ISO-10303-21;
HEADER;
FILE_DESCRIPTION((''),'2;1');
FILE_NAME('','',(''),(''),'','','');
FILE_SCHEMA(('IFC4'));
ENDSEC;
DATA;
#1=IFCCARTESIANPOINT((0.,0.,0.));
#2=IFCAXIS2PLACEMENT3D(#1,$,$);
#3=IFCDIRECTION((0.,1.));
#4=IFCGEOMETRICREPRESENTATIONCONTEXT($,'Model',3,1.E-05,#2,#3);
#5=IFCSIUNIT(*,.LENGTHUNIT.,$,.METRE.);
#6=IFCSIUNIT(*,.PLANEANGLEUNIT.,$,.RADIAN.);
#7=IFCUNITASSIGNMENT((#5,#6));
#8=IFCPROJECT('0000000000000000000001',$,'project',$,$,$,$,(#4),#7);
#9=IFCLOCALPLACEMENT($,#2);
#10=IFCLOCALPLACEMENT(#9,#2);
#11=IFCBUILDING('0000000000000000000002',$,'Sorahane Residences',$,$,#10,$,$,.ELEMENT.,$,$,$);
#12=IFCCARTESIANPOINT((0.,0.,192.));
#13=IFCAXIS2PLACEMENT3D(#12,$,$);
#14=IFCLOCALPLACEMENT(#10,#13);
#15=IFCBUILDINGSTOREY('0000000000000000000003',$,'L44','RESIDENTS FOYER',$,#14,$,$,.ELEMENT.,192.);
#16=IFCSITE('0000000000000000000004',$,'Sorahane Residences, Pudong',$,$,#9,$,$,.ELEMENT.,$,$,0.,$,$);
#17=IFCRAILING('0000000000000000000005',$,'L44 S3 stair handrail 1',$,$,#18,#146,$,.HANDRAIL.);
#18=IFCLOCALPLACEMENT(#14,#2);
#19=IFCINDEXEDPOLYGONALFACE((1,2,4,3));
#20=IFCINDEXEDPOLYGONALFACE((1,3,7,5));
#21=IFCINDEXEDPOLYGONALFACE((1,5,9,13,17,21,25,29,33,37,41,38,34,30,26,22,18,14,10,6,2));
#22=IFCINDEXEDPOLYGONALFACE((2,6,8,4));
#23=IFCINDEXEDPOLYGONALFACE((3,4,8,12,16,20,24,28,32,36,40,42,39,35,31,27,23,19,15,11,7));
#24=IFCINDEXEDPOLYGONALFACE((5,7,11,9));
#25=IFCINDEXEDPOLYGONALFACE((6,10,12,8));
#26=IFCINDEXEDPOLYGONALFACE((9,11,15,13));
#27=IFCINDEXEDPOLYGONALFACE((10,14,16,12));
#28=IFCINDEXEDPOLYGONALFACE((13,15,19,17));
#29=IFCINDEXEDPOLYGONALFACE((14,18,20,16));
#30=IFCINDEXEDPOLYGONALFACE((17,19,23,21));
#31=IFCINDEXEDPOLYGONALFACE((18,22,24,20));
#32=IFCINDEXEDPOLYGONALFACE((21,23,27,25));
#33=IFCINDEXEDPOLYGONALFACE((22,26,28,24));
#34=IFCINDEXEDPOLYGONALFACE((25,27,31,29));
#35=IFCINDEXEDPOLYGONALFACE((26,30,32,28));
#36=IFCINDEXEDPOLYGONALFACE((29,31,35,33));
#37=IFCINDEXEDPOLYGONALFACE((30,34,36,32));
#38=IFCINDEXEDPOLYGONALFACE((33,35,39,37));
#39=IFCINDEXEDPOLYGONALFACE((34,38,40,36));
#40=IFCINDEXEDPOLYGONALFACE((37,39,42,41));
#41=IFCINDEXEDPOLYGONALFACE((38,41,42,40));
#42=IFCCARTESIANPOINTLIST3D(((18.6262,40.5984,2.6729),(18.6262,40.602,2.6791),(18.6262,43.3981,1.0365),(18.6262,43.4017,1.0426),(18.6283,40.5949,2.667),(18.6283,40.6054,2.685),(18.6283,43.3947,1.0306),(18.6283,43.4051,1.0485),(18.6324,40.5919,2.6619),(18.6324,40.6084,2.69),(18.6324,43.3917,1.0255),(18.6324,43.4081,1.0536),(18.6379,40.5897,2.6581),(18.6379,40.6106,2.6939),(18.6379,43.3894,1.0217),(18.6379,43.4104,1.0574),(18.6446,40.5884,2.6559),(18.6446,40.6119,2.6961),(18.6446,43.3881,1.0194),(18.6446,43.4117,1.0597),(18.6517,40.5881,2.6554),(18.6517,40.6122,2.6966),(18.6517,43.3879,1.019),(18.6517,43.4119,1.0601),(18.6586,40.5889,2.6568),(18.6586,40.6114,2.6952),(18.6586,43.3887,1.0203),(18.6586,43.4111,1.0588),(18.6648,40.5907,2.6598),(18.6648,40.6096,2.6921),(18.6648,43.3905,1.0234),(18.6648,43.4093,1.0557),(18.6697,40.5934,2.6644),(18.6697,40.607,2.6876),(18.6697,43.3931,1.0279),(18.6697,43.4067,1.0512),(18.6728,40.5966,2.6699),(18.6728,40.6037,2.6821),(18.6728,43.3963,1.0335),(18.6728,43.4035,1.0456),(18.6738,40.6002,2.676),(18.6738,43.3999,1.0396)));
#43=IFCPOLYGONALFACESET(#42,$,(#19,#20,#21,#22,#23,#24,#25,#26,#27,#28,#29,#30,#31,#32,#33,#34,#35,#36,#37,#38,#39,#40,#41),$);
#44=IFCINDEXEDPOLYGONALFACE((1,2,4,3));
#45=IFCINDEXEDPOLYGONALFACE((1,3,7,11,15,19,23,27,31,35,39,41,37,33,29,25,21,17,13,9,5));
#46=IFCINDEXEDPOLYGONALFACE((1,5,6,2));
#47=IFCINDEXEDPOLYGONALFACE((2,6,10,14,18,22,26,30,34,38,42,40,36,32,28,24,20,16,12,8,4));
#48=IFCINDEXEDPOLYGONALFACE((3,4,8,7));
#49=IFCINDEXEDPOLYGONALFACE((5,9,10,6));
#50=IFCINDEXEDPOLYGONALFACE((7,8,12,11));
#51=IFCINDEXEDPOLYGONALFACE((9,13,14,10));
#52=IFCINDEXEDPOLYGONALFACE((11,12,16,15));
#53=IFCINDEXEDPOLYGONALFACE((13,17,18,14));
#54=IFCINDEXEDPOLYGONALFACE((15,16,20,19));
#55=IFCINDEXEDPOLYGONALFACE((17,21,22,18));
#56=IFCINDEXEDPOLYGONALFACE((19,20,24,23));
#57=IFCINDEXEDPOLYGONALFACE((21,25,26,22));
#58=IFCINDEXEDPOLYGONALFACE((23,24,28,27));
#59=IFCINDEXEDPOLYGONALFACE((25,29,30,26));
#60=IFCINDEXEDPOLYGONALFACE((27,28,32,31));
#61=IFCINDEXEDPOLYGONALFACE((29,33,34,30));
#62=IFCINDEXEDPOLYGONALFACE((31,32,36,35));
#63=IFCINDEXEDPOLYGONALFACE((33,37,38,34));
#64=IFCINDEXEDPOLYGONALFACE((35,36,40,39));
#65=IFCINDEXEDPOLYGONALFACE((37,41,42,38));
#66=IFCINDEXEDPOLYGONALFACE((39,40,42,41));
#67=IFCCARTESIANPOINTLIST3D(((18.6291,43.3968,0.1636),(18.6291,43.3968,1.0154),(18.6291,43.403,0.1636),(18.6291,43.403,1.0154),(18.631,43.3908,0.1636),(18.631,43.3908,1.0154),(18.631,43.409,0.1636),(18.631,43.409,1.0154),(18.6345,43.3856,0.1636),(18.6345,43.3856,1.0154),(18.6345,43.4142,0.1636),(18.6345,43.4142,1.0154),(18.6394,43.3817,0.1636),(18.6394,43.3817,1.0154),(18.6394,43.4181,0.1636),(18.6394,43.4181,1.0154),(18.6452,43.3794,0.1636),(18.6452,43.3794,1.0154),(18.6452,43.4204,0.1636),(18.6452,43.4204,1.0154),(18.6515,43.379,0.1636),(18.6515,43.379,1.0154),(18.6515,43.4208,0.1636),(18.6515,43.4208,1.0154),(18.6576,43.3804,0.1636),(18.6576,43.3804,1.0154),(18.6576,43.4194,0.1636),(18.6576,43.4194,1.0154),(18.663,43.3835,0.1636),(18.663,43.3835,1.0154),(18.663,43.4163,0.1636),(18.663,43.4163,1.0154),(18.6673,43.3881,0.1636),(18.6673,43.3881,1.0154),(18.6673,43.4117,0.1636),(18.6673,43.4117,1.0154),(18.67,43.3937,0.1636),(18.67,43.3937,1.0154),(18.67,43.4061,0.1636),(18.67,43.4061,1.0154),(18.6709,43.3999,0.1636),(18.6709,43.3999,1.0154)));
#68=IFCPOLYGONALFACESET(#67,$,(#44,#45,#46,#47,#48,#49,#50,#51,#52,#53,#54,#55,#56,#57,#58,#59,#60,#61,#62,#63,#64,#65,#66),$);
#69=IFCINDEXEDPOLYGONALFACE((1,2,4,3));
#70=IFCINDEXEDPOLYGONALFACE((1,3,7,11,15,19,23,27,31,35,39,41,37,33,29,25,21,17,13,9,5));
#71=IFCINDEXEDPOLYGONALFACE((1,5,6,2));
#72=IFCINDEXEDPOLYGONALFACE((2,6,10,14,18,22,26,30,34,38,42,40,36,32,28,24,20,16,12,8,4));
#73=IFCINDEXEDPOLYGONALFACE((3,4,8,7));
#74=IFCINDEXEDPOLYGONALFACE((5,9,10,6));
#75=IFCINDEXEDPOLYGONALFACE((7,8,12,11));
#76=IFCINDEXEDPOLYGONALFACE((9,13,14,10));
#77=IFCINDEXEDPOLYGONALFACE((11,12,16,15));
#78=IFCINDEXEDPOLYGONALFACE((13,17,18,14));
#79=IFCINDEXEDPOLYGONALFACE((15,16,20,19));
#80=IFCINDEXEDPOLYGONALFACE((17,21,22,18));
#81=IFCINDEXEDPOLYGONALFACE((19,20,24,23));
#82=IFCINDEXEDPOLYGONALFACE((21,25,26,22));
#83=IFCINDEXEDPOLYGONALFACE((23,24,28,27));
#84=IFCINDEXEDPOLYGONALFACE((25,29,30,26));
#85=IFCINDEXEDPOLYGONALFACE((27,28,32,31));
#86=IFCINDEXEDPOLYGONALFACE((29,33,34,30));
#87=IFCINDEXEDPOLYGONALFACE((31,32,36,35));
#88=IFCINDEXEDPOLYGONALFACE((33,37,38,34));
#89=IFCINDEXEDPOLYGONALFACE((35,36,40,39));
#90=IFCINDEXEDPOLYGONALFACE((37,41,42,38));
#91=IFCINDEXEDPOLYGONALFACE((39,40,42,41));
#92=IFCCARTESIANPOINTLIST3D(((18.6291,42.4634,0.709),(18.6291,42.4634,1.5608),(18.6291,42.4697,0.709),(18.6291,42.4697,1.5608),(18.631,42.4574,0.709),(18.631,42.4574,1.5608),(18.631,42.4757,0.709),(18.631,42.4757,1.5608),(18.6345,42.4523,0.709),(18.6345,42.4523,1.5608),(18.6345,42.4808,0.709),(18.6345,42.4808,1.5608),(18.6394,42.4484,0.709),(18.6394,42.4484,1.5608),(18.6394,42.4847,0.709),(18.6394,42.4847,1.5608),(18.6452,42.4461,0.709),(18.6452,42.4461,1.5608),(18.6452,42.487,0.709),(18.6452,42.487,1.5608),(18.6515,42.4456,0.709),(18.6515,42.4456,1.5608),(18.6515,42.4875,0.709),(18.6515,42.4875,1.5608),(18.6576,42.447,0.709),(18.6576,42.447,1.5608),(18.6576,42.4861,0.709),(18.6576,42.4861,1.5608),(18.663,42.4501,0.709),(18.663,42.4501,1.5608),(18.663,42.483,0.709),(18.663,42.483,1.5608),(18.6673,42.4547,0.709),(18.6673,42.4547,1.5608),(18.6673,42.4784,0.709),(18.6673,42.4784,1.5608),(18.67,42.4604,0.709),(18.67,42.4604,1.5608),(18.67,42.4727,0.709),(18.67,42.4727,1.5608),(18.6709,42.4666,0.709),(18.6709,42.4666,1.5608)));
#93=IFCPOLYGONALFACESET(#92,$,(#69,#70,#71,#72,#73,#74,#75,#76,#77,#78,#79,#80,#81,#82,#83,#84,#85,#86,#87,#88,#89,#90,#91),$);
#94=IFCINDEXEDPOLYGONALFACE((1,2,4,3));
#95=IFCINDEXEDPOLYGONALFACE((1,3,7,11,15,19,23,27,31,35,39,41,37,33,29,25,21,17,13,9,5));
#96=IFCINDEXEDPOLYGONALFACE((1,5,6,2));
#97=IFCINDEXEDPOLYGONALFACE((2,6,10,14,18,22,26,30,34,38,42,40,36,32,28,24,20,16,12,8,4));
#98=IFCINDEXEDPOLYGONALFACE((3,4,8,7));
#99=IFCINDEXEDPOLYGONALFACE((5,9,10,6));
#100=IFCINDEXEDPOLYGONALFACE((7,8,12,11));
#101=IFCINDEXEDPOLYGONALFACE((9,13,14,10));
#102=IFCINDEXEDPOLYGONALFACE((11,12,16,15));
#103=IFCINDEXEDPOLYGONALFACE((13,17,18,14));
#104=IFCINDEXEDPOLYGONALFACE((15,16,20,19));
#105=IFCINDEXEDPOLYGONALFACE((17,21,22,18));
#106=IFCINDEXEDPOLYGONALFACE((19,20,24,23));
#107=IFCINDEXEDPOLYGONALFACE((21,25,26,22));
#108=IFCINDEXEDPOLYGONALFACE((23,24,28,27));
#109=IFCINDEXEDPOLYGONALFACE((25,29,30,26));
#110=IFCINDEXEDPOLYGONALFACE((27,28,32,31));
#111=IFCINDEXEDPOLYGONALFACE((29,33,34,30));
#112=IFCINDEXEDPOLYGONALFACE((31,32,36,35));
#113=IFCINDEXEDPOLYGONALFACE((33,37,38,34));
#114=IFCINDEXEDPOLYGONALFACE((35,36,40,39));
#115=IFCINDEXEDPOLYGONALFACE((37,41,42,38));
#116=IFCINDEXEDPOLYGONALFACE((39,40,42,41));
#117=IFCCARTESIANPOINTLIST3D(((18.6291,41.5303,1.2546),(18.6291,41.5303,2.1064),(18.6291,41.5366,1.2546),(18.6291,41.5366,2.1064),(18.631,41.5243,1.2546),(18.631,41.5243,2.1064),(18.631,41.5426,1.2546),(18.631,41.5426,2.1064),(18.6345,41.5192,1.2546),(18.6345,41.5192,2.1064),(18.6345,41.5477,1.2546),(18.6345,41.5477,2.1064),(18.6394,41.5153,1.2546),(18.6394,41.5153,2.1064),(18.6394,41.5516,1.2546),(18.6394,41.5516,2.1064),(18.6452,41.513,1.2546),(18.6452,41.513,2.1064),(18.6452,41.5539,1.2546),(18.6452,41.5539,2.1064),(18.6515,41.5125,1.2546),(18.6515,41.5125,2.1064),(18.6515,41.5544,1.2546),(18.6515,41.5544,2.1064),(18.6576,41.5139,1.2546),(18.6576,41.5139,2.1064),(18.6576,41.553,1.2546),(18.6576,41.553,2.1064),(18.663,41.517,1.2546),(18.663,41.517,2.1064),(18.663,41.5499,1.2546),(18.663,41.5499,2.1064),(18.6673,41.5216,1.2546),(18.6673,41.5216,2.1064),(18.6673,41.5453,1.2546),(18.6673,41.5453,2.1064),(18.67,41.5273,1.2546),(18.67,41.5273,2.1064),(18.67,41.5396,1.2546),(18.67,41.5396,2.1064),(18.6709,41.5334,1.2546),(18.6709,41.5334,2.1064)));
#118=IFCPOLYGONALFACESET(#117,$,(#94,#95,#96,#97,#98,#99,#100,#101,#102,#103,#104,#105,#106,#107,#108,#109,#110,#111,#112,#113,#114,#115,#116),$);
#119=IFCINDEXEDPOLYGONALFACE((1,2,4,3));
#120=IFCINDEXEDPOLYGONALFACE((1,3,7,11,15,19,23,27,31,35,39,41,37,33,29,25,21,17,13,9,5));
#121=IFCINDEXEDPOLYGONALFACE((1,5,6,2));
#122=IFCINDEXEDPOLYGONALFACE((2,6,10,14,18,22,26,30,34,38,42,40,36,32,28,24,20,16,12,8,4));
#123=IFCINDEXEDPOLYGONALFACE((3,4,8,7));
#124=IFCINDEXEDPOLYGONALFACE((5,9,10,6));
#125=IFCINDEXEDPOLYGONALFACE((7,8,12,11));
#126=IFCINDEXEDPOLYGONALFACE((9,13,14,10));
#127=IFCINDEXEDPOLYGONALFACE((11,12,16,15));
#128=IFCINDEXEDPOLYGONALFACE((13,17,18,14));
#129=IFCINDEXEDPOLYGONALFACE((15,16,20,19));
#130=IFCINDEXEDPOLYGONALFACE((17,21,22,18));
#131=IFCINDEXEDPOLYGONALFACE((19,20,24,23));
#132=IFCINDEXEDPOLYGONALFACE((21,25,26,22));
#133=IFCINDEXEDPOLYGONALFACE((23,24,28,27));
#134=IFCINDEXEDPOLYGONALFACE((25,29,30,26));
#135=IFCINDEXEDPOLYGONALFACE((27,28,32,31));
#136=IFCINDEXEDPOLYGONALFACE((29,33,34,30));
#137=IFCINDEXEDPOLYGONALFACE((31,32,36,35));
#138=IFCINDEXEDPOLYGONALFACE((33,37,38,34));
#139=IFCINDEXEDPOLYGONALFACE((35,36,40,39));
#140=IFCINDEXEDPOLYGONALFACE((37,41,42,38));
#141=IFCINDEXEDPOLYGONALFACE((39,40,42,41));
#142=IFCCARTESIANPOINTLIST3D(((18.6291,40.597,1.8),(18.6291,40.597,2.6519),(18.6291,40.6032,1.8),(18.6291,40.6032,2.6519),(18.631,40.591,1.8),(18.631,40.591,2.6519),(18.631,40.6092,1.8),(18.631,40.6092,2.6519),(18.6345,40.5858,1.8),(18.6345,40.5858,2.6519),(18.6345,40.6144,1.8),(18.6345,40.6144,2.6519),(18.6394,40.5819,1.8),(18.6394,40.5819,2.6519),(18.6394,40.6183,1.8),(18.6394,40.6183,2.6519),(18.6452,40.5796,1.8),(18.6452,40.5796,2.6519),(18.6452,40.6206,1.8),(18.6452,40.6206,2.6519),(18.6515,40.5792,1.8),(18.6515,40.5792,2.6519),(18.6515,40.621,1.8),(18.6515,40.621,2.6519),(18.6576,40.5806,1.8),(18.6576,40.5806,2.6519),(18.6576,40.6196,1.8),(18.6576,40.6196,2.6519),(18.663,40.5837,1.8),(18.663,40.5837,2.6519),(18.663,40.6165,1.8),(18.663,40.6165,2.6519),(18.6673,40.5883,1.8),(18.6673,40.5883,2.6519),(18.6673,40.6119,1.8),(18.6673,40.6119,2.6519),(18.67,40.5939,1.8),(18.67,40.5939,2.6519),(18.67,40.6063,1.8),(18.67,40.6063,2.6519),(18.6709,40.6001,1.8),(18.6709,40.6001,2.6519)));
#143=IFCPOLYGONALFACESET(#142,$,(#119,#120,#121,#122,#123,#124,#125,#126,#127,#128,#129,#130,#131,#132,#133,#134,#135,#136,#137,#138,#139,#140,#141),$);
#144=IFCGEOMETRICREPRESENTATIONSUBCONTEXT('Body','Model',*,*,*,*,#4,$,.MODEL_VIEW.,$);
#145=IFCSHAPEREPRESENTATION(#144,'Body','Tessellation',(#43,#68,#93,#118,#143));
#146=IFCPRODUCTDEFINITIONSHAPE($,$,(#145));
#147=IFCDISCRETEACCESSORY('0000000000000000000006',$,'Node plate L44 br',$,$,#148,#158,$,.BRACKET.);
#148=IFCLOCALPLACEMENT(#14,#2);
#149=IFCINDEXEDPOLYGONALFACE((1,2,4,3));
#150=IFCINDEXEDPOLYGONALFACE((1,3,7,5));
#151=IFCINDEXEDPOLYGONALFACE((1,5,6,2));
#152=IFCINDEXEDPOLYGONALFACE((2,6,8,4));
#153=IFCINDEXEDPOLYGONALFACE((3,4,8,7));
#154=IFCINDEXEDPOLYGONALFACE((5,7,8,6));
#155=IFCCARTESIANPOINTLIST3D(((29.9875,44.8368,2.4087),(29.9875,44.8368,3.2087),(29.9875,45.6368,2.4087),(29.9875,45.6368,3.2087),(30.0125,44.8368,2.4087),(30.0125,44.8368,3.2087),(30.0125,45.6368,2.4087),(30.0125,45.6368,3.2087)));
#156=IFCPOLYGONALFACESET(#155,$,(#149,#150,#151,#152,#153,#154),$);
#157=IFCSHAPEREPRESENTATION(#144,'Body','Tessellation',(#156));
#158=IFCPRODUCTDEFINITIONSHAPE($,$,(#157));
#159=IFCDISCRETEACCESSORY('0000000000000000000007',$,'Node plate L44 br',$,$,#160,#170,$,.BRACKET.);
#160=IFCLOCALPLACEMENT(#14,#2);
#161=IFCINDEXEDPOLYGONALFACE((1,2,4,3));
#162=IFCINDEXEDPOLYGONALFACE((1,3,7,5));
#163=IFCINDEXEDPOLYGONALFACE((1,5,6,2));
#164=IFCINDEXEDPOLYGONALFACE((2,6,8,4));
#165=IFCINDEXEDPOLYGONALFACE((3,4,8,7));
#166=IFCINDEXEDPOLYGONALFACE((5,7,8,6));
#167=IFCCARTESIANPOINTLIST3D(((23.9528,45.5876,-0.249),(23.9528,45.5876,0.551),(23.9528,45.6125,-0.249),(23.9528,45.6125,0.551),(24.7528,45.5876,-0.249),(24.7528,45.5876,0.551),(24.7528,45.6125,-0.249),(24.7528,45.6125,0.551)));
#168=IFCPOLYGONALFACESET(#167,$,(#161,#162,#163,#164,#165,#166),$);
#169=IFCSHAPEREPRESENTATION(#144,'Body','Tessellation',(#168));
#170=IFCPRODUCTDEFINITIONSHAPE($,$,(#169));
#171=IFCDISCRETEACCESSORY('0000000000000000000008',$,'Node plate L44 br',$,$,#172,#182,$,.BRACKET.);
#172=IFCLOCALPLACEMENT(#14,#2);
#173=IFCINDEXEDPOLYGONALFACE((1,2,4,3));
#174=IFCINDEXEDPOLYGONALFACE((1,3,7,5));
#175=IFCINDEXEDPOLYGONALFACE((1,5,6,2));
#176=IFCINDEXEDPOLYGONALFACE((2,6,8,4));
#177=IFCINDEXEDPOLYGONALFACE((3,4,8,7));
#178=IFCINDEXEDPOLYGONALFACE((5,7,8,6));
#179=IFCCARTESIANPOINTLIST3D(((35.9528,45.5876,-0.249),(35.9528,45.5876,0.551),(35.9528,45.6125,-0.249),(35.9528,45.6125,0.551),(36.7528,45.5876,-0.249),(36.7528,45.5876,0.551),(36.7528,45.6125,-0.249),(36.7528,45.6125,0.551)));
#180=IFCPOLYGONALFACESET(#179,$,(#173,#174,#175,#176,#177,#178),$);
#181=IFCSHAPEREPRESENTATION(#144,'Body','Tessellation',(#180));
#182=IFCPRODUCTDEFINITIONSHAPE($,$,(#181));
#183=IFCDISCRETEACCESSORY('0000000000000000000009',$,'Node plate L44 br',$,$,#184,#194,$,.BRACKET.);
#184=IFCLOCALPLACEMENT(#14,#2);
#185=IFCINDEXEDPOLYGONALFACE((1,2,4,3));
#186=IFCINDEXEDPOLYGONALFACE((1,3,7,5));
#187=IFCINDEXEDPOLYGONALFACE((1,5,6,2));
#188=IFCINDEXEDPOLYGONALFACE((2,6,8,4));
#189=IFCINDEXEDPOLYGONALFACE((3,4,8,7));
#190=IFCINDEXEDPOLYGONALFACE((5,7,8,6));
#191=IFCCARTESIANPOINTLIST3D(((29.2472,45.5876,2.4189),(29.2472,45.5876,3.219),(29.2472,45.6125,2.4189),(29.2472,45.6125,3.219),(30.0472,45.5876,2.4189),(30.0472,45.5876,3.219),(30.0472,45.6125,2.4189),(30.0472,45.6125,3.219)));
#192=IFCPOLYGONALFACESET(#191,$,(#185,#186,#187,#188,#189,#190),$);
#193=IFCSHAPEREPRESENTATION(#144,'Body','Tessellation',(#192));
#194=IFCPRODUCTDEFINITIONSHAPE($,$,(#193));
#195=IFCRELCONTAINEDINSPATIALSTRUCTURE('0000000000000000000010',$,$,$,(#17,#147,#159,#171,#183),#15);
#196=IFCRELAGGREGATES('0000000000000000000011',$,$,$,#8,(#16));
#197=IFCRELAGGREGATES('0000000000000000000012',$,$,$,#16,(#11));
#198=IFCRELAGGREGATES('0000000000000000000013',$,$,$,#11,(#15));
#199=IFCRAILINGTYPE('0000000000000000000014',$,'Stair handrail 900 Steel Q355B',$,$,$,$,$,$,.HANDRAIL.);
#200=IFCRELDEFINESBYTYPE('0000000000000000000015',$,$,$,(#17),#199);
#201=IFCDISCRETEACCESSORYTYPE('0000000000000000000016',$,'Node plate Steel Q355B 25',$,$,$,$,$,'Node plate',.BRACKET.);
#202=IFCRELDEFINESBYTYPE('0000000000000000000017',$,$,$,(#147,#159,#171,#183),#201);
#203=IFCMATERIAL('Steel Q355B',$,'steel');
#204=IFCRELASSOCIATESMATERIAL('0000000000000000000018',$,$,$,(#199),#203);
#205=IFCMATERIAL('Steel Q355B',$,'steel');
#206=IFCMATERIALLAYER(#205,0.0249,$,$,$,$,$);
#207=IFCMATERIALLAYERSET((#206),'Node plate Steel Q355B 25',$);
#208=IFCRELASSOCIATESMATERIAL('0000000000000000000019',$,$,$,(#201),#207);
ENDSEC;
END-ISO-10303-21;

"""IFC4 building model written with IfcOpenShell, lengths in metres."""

from ifc_helpers import new_model, si_unit, direction, frame, origin, origin_2d, place, context, subcontext, project, spatial, rectangle, circle, extrude, material, layer, layer_set, type_object, element, save


model = new_model("IFC4")

# Units and contexts
model_context = context("Model", 3, precision=1e-05, world=origin(), true_north=direction((0.0, 1.0)))
body_context = subcontext(model_context, "Body", "Model", "MODEL_VIEW")
ifc_project = project(units=[si_unit("LENGTHUNIT", "METRE"), si_unit("PLANEANGLEUNIT", "RADIAN")], contexts=[model_context])

# Site, building, storey
site_placement = place(None, origin())
site = spatial("IfcSite", under=ifc_project, at=site_placement, Name="Sorahane Residences, Pudong", CompositionType="ELEMENT", RefElevation=0.0)
building_placement = place(site_placement, origin())
building = spatial("IfcBuilding", under=site, at=building_placement, Name="Sorahane Residences", CompositionType="ELEMENT")
storey_placement = place(building_placement, frame((0.0, 0.0, 192.0)))
storey = spatial("IfcBuildingStorey", under=building, at=storey_placement, Name="L44", Description="RESIDENTS FOYER", CompositionType="ELEMENT", Elevation=192.0)

# Railing
ifc_material_1 = material(Name="Steel Q355B", Category="steel")
railing_type_1 = type_object("IfcRailingType", Name="Stair handrail 900 Steel Q355B", PredefinedType="HANDRAIL", material=ifc_material_1)
for number, where, name in (
    (1, (18.6499, 43.3999, 0.1636), "L44 S3 stair handrail 1"),
):
    element("IfcRailing", number, at=place(storey_placement, frame(where)), inside=storey, type_object=railing_type_1, Name=name, PredefinedType="HANDRAIL", context=body_context, shape_type="SweptSolid", body=[
        extrude(circle(Radius=0.0239, at=origin_2d()), frame((0.0, 0.0, 0.876), z_axis=(0.0, -0.863342, 0.50462), x_axis=(1.0, 0.0, 0.0)), (0.0, 0.0, 1.0), 3.2429),
        extrude(circle(Radius=0.021, at=origin_2d()), origin(), (0.0, 0.0, 1.0), 0.8518),
        extrude(circle(Radius=0.021, at=origin_2d()), frame((0.0, -0.9333, 0.5454)), (0.0, 0.0, 1.0), 0.8518),
        extrude(circle(Radius=0.021, at=origin_2d()), frame((0.0, -1.8665, 1.0911)), (0.0, 0.0, 1.0), 0.8518),
        extrude(circle(Radius=0.021, at=origin_2d()), frame((0.0, -2.7998, 1.6365)), (0.0, 0.0, 1.0), 0.8518),
    ])

# Discrete accessories
ifc_material_2 = material(Name="Steel Q355B", Category="steel")
ifc_layer_1 = layer(ifc_material_2, 0.0249)
ifc_layer_set_1 = layer_set([ifc_layer_1], Name="Node plate Steel Q355B 25")
discrete_accessory_type = type_object("IfcDiscreteAccessoryType", Name="Node plate Steel Q355B 25", ElementType="Node plate", PredefinedType="BRACKET", material=ifc_layer_set_1)
for number, where, z_axis, x_axis, name in (
    (2, (30.0, 45.2368, 2.4087), (0.0, 0.0, 1.0), (0.0, 1.0, 0.0), "Node plate L44 br"),
    (3, (24.3528, 45.6001, -0.249), (0.0, 0.0, 1.0), (1.0, 0.0, 0.0), "Node plate L44 br"),
    (4, (36.3528, 45.6001, -0.249), (0.0, 0.0, 1.0), (1.0, 0.0, 0.0), "Node plate L44 br"),
    (5, (29.6472, 45.6001, 2.4189), (0.0, 0.0, 1.0), (1.0, 0.0, 0.0), "Node plate L44 br"),
):
    element("IfcDiscreteAccessory", number, at=place(storey_placement, frame(where, z_axis=z_axis, x_axis=x_axis)), inside=storey, type_object=discrete_accessory_type, Name=name, PredefinedType="BRACKET", context=body_context, shape_type="SweptSolid", body=[
        extrude(rectangle(XDim=0.8, YDim=0.0249, at=origin_2d()), origin(), (0.0, 0.0, 1.0), 0.8),
    ])

save(model, "model.ifc")
